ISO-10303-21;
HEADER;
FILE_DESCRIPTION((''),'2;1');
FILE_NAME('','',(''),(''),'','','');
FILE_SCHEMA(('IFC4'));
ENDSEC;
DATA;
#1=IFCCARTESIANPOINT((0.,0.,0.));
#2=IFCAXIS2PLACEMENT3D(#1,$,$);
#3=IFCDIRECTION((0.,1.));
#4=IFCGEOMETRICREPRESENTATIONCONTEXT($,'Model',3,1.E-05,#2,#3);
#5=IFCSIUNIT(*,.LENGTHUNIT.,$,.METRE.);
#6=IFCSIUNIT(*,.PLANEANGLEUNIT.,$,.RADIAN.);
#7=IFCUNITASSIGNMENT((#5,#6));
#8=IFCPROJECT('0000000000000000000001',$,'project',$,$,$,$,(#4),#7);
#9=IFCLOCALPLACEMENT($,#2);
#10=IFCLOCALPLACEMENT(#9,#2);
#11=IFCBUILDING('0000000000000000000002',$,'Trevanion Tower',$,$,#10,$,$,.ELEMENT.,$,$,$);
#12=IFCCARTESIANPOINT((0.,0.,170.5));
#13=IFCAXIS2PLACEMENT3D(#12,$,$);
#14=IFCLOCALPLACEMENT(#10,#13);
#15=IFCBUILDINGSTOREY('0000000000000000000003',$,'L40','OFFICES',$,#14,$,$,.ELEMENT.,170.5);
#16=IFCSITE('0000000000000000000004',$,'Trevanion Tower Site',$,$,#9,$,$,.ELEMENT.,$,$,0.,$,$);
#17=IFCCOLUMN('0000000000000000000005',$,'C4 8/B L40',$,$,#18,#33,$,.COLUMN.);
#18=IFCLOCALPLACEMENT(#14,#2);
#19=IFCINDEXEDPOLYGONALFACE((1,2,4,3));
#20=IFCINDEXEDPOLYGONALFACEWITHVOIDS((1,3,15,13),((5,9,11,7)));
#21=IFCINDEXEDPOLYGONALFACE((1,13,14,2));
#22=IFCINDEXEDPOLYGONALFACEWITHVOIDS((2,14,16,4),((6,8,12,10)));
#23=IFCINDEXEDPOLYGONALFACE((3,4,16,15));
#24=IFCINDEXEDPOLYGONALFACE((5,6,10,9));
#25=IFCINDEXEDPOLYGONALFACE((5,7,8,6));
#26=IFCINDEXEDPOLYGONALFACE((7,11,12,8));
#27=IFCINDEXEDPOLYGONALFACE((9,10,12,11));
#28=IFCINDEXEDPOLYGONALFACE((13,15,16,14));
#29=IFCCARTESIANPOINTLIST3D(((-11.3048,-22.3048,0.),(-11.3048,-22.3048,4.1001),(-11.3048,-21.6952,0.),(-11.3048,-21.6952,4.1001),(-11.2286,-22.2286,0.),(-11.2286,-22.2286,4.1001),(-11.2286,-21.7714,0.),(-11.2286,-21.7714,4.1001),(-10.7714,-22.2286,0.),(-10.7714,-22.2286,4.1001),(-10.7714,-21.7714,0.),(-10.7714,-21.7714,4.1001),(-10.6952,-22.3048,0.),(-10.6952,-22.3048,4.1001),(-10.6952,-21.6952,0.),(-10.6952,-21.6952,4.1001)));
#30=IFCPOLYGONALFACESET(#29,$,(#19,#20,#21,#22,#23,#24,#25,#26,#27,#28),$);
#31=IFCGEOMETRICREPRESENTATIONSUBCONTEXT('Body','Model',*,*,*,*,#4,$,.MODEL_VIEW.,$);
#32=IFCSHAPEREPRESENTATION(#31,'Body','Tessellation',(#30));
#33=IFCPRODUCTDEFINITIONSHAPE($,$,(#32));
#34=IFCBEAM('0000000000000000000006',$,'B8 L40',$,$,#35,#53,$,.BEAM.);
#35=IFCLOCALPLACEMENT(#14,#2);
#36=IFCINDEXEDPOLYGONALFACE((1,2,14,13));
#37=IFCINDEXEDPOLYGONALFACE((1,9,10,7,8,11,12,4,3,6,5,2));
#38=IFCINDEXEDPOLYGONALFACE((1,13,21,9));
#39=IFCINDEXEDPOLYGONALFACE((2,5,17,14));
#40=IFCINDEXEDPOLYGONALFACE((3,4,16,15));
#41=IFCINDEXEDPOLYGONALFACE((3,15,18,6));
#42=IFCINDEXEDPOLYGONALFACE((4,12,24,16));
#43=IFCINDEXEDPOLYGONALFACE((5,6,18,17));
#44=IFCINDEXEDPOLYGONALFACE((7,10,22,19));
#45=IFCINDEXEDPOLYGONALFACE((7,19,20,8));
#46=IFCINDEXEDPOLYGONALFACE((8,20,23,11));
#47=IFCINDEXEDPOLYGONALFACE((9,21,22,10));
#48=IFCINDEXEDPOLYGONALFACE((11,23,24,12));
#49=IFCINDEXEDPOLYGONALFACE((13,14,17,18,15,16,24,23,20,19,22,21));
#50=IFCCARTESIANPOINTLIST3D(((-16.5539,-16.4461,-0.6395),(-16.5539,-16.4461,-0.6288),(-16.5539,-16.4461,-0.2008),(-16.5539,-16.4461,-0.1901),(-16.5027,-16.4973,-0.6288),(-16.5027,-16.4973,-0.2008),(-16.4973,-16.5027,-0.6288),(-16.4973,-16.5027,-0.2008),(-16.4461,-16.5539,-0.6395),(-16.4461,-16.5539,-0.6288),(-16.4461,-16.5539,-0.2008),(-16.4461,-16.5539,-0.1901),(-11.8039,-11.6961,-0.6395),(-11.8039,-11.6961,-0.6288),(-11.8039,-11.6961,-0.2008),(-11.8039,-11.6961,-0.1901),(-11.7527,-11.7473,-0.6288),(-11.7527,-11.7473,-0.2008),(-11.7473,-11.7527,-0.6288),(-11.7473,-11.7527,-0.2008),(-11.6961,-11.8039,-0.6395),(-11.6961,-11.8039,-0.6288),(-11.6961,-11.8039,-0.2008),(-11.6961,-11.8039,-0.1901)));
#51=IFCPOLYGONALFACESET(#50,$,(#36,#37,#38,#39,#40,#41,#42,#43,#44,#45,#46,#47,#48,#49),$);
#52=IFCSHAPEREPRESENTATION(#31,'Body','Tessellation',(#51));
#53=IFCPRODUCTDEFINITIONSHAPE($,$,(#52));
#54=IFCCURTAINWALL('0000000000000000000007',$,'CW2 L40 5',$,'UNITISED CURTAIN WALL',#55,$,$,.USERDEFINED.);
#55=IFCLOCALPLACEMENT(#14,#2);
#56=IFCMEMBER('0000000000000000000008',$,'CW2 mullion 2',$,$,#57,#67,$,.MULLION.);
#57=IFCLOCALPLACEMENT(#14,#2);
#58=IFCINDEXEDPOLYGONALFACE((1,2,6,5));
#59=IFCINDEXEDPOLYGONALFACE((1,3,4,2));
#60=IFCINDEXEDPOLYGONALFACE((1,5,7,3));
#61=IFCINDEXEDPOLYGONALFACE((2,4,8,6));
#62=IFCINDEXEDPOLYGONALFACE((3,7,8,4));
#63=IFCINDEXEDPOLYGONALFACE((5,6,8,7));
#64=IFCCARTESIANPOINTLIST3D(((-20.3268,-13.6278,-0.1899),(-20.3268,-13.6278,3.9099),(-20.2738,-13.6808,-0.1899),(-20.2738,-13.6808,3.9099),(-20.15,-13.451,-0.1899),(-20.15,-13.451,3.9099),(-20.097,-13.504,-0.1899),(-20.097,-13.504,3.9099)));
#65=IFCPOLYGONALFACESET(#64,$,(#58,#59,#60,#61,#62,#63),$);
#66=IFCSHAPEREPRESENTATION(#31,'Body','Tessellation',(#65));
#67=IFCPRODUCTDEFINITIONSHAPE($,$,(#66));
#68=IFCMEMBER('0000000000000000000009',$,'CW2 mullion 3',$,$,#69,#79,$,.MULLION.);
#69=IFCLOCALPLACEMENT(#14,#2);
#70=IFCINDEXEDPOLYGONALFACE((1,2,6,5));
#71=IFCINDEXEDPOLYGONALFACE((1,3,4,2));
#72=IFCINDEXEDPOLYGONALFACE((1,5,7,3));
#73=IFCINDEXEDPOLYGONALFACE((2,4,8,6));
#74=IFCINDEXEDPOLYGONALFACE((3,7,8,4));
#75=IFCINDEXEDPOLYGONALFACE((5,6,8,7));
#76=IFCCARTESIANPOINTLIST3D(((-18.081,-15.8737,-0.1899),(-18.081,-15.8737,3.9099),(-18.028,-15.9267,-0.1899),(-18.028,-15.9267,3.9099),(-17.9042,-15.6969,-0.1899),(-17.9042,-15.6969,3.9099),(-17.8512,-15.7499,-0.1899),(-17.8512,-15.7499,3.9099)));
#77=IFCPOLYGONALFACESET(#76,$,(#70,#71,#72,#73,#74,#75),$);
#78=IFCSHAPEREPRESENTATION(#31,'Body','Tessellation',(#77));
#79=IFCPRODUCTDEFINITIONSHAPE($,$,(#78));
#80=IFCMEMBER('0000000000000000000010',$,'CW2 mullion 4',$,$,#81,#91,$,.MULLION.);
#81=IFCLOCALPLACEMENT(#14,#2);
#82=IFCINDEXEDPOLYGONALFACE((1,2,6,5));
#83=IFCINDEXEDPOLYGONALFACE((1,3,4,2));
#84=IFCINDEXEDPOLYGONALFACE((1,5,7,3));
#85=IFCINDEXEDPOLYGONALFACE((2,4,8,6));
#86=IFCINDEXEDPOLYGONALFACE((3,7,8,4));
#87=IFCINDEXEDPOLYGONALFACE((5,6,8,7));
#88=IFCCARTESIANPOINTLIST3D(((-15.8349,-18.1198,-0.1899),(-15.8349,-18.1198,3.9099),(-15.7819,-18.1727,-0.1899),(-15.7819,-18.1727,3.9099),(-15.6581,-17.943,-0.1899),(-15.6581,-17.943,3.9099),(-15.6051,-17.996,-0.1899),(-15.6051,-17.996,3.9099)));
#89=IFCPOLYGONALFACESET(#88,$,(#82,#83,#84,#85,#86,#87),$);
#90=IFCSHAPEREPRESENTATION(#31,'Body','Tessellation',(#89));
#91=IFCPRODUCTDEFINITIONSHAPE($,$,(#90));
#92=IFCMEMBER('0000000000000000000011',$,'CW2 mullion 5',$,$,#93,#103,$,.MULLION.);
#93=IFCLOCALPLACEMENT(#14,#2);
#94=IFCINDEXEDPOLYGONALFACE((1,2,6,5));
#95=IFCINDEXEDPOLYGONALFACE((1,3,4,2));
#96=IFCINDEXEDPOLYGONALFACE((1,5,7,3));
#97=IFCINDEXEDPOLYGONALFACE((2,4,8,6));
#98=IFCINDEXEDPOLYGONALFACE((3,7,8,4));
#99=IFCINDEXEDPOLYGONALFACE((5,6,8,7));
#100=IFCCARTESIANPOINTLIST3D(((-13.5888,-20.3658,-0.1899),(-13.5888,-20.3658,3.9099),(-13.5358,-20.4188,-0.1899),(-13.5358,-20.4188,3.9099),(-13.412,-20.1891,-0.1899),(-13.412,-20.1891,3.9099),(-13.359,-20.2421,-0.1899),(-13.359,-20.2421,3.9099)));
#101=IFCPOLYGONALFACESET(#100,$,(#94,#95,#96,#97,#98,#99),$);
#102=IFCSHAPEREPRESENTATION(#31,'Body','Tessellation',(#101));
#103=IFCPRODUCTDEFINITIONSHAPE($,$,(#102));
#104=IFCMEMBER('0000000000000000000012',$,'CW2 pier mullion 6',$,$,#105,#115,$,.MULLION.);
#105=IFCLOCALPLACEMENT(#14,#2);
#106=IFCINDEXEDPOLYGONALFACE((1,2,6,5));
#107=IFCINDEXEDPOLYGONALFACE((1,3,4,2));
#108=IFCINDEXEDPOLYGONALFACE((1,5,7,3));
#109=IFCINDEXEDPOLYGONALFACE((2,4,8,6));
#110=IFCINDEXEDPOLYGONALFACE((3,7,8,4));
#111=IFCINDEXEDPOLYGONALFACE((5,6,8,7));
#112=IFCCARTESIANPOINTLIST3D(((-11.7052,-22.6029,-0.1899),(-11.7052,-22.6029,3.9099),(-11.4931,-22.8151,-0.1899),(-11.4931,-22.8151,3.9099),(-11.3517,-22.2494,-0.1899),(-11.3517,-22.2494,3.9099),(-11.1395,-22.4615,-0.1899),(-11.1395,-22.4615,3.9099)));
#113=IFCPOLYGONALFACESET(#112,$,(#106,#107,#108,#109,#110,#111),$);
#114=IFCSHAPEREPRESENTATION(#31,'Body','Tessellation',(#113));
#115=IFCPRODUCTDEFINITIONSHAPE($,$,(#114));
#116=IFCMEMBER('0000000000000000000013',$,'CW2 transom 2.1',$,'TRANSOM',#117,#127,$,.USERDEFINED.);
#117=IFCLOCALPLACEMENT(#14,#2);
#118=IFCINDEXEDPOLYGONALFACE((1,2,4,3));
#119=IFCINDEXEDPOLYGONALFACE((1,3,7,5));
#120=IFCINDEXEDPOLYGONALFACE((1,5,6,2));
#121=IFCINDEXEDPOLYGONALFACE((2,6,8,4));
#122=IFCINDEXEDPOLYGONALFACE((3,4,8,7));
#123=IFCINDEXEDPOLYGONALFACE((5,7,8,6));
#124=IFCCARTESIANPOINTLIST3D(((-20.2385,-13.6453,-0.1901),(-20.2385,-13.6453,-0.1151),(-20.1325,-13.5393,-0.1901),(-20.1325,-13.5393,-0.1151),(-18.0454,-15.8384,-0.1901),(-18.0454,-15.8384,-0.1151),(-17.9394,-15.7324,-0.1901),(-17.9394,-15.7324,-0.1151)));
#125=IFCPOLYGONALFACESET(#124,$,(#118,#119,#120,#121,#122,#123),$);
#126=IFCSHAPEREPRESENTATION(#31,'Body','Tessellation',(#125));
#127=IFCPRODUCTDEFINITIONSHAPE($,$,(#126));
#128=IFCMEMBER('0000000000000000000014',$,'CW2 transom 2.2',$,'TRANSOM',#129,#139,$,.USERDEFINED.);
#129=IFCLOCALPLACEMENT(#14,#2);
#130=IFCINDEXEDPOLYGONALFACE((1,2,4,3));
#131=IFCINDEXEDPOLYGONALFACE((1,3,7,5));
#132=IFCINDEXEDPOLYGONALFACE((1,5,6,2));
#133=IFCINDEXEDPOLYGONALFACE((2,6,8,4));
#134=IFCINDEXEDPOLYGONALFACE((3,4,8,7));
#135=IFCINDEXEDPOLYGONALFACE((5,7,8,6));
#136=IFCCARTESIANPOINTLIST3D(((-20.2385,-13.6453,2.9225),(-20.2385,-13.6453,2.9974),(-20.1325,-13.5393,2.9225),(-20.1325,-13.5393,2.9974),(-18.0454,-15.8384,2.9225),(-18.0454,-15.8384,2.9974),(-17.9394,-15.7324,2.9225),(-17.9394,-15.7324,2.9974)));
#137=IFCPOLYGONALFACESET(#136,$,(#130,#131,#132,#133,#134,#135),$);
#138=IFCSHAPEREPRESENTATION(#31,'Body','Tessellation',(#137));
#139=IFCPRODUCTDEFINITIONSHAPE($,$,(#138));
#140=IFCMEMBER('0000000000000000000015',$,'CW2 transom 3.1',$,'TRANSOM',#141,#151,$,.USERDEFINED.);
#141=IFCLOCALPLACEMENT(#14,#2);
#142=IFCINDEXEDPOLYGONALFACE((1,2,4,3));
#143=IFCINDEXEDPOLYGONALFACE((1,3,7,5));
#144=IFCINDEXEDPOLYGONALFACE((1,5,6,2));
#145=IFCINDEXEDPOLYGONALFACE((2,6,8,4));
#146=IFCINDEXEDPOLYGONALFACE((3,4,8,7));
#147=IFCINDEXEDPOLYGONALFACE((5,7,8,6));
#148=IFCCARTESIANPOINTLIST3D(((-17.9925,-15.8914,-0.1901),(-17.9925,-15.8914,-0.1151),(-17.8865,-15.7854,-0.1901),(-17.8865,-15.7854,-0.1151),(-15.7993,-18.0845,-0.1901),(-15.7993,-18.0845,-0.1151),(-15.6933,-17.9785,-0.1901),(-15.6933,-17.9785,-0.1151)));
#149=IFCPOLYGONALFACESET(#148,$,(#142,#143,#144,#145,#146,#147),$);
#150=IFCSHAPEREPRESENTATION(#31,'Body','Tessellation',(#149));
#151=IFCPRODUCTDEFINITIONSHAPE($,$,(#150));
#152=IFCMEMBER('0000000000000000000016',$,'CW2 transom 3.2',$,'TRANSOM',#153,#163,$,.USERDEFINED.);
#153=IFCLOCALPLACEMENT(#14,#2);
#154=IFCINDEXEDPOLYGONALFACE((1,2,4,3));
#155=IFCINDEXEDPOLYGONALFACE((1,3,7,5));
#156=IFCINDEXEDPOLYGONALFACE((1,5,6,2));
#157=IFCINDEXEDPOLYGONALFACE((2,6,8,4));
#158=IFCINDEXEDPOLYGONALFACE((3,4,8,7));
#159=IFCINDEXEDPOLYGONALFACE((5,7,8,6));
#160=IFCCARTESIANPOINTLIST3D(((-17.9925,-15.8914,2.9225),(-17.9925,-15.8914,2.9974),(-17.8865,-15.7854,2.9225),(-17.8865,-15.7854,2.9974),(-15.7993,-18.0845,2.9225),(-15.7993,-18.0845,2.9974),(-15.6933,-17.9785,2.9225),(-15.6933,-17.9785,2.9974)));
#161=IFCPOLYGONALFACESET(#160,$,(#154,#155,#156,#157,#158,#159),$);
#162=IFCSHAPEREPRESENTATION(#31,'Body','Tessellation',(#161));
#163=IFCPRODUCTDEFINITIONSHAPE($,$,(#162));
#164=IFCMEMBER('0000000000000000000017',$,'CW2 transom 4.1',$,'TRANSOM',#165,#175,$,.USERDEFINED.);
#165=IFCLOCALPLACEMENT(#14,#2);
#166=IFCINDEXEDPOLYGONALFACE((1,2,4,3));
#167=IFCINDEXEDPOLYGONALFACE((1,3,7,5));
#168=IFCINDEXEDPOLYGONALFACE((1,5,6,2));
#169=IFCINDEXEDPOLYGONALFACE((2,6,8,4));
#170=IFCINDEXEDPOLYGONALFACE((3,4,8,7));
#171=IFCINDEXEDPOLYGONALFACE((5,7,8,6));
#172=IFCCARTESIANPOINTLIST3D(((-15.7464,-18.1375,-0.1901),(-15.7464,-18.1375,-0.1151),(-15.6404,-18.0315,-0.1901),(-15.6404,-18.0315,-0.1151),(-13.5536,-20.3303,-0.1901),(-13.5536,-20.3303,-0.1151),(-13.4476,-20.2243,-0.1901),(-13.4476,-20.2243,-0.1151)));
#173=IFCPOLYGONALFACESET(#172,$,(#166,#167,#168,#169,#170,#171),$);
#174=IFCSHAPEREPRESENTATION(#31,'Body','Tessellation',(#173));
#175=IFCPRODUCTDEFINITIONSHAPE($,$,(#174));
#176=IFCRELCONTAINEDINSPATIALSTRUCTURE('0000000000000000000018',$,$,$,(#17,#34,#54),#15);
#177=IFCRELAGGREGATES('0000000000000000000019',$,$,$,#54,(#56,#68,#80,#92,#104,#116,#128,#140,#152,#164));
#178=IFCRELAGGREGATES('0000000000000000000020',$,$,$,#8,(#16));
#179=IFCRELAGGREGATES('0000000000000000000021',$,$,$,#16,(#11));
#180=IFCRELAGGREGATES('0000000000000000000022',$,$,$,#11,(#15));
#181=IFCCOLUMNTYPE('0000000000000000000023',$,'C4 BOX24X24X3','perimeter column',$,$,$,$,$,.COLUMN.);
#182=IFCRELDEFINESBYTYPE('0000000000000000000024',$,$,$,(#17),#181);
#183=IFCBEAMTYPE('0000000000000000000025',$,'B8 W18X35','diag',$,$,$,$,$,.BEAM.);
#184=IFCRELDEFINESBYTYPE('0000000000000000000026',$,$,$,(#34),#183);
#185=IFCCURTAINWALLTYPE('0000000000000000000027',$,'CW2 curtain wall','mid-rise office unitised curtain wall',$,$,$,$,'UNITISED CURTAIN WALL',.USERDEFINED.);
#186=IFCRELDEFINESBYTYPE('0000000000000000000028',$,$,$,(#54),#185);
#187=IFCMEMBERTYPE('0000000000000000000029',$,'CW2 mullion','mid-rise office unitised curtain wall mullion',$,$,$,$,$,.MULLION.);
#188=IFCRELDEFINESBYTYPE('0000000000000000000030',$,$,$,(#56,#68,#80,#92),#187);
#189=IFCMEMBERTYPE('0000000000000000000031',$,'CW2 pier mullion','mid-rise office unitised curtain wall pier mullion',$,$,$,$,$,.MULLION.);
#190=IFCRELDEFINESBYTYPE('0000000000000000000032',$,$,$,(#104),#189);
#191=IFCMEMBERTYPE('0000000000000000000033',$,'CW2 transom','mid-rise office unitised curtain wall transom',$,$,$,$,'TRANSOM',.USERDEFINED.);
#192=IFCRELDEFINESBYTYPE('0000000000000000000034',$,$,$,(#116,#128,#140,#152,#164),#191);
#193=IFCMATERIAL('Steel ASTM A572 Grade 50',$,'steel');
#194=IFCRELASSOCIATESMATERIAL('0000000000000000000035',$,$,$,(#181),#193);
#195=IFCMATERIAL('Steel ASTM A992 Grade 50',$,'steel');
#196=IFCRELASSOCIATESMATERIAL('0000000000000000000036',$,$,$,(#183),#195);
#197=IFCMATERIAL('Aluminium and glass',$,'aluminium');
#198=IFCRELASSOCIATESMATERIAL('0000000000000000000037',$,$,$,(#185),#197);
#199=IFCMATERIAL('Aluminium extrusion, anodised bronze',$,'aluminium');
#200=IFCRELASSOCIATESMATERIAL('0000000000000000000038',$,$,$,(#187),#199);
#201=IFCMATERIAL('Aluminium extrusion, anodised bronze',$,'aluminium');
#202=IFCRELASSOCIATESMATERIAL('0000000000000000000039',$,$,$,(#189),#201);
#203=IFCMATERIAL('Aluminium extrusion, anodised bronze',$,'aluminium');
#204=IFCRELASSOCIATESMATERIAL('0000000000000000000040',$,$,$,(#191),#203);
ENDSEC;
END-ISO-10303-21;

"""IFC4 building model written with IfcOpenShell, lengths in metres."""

from ifc_helpers import new_model, si_unit, direction, frame, origin, origin_2d, place, context, subcontext, project, spatial, rectangle, hollow_rectangle, i_section, extrude, material, material_profile, profile_set, type_object, element, aggregate, save


model = new_model("IFC4")

# Units and contexts
model_context = context("Model", 3, precision=1e-05, world=origin(), true_north=direction((0.0, 1.0)))
body_context = subcontext(model_context, "Body", "Model", "MODEL_VIEW")
ifc_project = project(units=[si_unit("LENGTHUNIT", "METRE"), si_unit("PLANEANGLEUNIT", "RADIAN")], contexts=[model_context])

# Site, building, storey
site_placement = place(None, origin())
site = spatial("IfcSite", under=ifc_project, at=site_placement, Name="Trevanion Tower Site", CompositionType="ELEMENT", RefElevation=0.0)
building_placement = place(site_placement, origin())
building = spatial("IfcBuilding", under=site, at=building_placement, Name="Trevanion Tower", CompositionType="ELEMENT")
storey_placement = place(building_placement, frame((0.0, 0.0, 170.5)))
storey = spatial("IfcBuildingStorey", under=building, at=storey_placement, Name="L40", Description="OFFICES", CompositionType="ELEMENT", Elevation=170.5)

# Column
ifc_material_1 = material(Name="Steel ASTM A572 Grade 50", Category="steel")
ifc_material_profile_1 = material_profile(ifc_material_1, hollow_rectangle(XDim=0.6096, YDim=0.6096, WallThickness=0.0762, at=origin_2d()), Name="BOX24X24X3")
ifc_profile_set_1 = profile_set([ifc_material_profile_1], Name="Steel ASTM A572 Grade 50")
column_type = type_object("IfcColumnType", Name="C4 BOX24X24X3", Description="perimeter column", PredefinedType="COLUMN", material=ifc_profile_set_1)
column_placement = place(storey_placement, frame((-11.0, -22.0, 0.0), z_axis=(0.0, 0.0, 1.0), x_axis=(1.0, 0.0, 0.0)))
element("IfcColumn", 1, at=column_placement, inside=storey, type_object=column_type, Name="C4 8/B L40", PredefinedType="COLUMN", context=body_context, shape_type="SweptSolid", body=[
    extrude(hollow_rectangle(XDim=0.6096, YDim=0.6096, WallThickness=0.0762, at=origin_2d()), origin(), (0.0, 0.0, 1.0), 4.1001),
])

# Beam
ifc_material_2 = material(Name="Steel ASTM A992 Grade 50", Category="steel")
ifc_material_profile_2 = material_profile(ifc_material_2, i_section(OverallWidth=0.1523, OverallDepth=0.4495, WebThickness=0.0076, FlangeThickness=0.0107, at=origin_2d()), Name="W18X35")
ifc_profile_set_2 = profile_set([ifc_material_profile_2], Name="Steel ASTM A992 Grade 50")
beam_type_1 = type_object("IfcBeamType", Name="B8 W18X35", Description="diag", PredefinedType="BEAM", material=ifc_profile_set_2)
beam_1_placement = place(storey_placement, frame((-11.75, -11.75, -0.4148), z_axis=(-0.707107, -0.707107, 0.0), x_axis=(0.707107, -0.707107, 0.0)))
element("IfcBeam", 2, at=beam_1_placement, inside=storey, type_object=beam_type_1, Name="B8 L40", PredefinedType="BEAM", context=body_context, shape_type="SweptSolid", body=[
    extrude(i_section(OverallWidth=0.1523, OverallDepth=0.4495, WebThickness=0.0076, FlangeThickness=0.0107, at=origin_2d()), origin(), (0.0, 0.0, 1.0), 6.7175),
])

# Curtain wall, members
ifc_material_3 = material(Name="Aluminium and glass", Category="aluminium")
curtain_wall_type = type_object("IfcCurtainWallType", Name="CW2 curtain wall", Description="mid-rise office unitised curtain wall", ElementType="UNITISED CURTAIN WALL", PredefinedType="USERDEFINED", material=ifc_material_3)
curtain_wall_placement = place(storey_placement, origin())
curtain_wall = element("IfcCurtainWall", 3, at=curtain_wall_placement, inside=storey, type_object=curtain_wall_type, Name="CW2 L40 5", ObjectType="UNITISED CURTAIN WALL", PredefinedType="USERDEFINED")
ifc_material_4 = material(Name="Aluminium extrusion, anodised bronze", Category="aluminium")
ifc_material_profile_3 = material_profile(ifc_material_4, rectangle(XDim=0.075, YDim=0.25, at=origin_2d()), Name="CW2 mullion")
ifc_profile_set_3 = profile_set([ifc_material_profile_3], Name="Aluminium extrusion, anodised bronze")
member_type_1 = type_object("IfcMemberType", Name="CW2 mullion", Description="mid-rise office unitised curtain wall mullion", PredefinedType="MULLION", material=ifc_profile_set_3)
member_1_placement = place(storey_placement, frame((-20.2119, -13.5659, -0.1899), z_axis=(0.0, 0.0, 1.0), x_axis=(0.707107, -0.707107, 0.0)))
member_1 = element("IfcMember", 4, at=member_1_placement, type_object=member_type_1, Name="CW2 mullion 2", PredefinedType="MULLION", context=body_context, shape_type="SweptSolid", body=[
    extrude(rectangle(XDim=0.075, YDim=0.25, at=origin_2d()), origin(), (0.0, 0.0, 1.0), 4.0999),
])
member_2_placement = place(storey_placement, frame((-17.9661, -15.8118, -0.1899), z_axis=(0.0, 0.0, 1.0), x_axis=(0.707107, -0.707107, 0.0)))
member_2 = element("IfcMember", 5, at=member_2_placement, type_object=member_type_1, Name="CW2 mullion 3", PredefinedType="MULLION", context=body_context, shape_type="SweptSolid", body=[
    extrude(rectangle(XDim=0.075, YDim=0.25, at=origin_2d()), origin(), (0.0, 0.0, 1.0), 4.0999),
])
member_3_placement = place(storey_placement, frame((-15.72, -18.0579, -0.1899), z_axis=(0.0, 0.0, 1.0), x_axis=(0.707107, -0.707107, 0.0)))
member_3 = element("IfcMember", 6, at=member_3_placement, type_object=member_type_1, Name="CW2 mullion 4", PredefinedType="MULLION", context=body_context, shape_type="SweptSolid", body=[
    extrude(rectangle(XDim=0.075, YDim=0.25, at=origin_2d()), origin(), (0.0, 0.0, 1.0), 4.0999),
])
member_4_placement = place(storey_placement, frame((-13.4739, -20.304, -0.1899), z_axis=(0.0, 0.0, 1.0), x_axis=(0.707107, -0.707107, 0.0)))
member_4 = element("IfcMember", 7, at=member_4_placement, type_object=member_type_1, Name="CW2 mullion 5", PredefinedType="MULLION", context=body_context, shape_type="SweptSolid", body=[
    extrude(rectangle(XDim=0.075, YDim=0.25, at=origin_2d()), origin(), (0.0, 0.0, 1.0), 4.0999),
])
ifc_material_5 = material(Name="Aluminium extrusion, anodised bronze", Category="aluminium")
ifc_material_profile_4 = material_profile(ifc_material_5, rectangle(XDim=0.3, YDim=0.5, at=origin_2d()), Name="CW2 pier mullion")
ifc_profile_set_4 = profile_set([ifc_material_profile_4], Name="Aluminium extrusion, anodised bronze")
member_type_2 = type_object("IfcMemberType", Name="CW2 pier mullion", Description="mid-rise office unitised curtain wall pier mullion", PredefinedType="MULLION", material=ifc_profile_set_4)
member_5_placement = place(storey_placement, frame((-11.4224, -22.5322, -0.1899), z_axis=(0.0, 0.0, 1.0), x_axis=(0.707107, -0.707107, 0.0)))
member_5 = element("IfcMember", 8, at=member_5_placement, type_object=member_type_2, Name="CW2 pier mullion 6", PredefinedType="MULLION", context=body_context, shape_type="SweptSolid", body=[
    extrude(rectangle(XDim=0.3, YDim=0.5, at=origin_2d()), origin(), (0.0, 0.0, 1.0), 4.0999),
])
ifc_material_6 = material(Name="Aluminium extrusion, anodised bronze", Category="aluminium")
ifc_material_profile_5 = material_profile(ifc_material_6, rectangle(XDim=0.1499, YDim=0.075, at=origin_2d()), Name="CW2 transom")
ifc_profile_set_5 = profile_set([ifc_material_profile_5], Name="Aluminium extrusion, anodised bronze")
member_type_3 = type_object("IfcMemberType", Name="CW2 transom", Description="mid-rise office unitised curtain wall transom", ElementType="TRANSOM", PredefinedType="USERDEFINED", material=ifc_profile_set_5)
member_6_placement = place(storey_placement, frame((-20.1855, -13.5923, -0.1526), z_axis=(0.707107, -0.707107, 0.0), x_axis=(0.707107, 0.707107, 0.0)))
member_6 = element("IfcMember", 9, at=member_6_placement, type_object=member_type_3, Name="CW2 transom 2.1", ObjectType="TRANSOM", PredefinedType="USERDEFINED", context=body_context, shape_type="SweptSolid", body=[
    extrude(rectangle(XDim=0.1499, YDim=0.075, at=origin_2d()), origin(), (0.0, 0.0, 1.0), 3.1016),
])
member_7_placement = place(storey_placement, frame((-20.1855, -13.5923, 2.96), z_axis=(0.707107, -0.707107, 0.0), x_axis=(0.707107, 0.707107, 0.0)))
member_7 = element("IfcMember", 10, at=member_7_placement, type_object=member_type_3, Name="CW2 transom 2.2", ObjectType="TRANSOM", PredefinedType="USERDEFINED", context=body_context, shape_type="SweptSolid", body=[
    extrude(rectangle(XDim=0.1499, YDim=0.075, at=origin_2d()), origin(), (0.0, 0.0, 1.0), 3.1016),
])
member_8_placement = place(storey_placement, frame((-17.9395, -15.8384, -0.1526), z_axis=(0.707107, -0.707107, 0.0), x_axis=(0.707107, 0.707107, 0.0)))
member_8 = element("IfcMember", 11, at=member_8_placement, type_object=member_type_3, Name="CW2 transom 3.1", ObjectType="TRANSOM", PredefinedType="USERDEFINED", context=body_context, shape_type="SweptSolid", body=[
    extrude(rectangle(XDim=0.1499, YDim=0.075, at=origin_2d()), origin(), (0.0, 0.0, 1.0), 3.1016),
])
member_9_placement = place(storey_placement, frame((-17.9395, -15.8384, 2.96), z_axis=(0.707107, -0.707107, 0.0), x_axis=(0.707107, 0.707107, 0.0)))
member_9 = element("IfcMember", 12, at=member_9_placement, type_object=member_type_3, Name="CW2 transom 3.2", ObjectType="TRANSOM", PredefinedType="USERDEFINED", context=body_context, shape_type="SweptSolid", body=[
    extrude(rectangle(XDim=0.1499, YDim=0.075, at=origin_2d()), origin(), (0.0, 0.0, 1.0), 3.1016),
])
member_10_placement = place(storey_placement, frame((-15.6934, -18.0845, -0.1526), z_axis=(0.707107, -0.707107, 0.0), x_axis=(0.707107, 0.707107, 0.0)))
member_10 = element("IfcMember", 13, at=member_10_placement, type_object=member_type_3, Name="CW2 transom 4.1", ObjectType="TRANSOM", PredefinedType="USERDEFINED", context=body_context, shape_type="SweptSolid", body=[
    extrude(rectangle(XDim=0.1499, YDim=0.075, at=origin_2d()), origin(), (0.0, 0.0, 1.0), 3.1011),
])

aggregate(curtain_wall, [member_1, member_2, member_3, member_4, member_5, member_6, member_7, member_8, member_9, member_10])

save(model, "model.ifc")
